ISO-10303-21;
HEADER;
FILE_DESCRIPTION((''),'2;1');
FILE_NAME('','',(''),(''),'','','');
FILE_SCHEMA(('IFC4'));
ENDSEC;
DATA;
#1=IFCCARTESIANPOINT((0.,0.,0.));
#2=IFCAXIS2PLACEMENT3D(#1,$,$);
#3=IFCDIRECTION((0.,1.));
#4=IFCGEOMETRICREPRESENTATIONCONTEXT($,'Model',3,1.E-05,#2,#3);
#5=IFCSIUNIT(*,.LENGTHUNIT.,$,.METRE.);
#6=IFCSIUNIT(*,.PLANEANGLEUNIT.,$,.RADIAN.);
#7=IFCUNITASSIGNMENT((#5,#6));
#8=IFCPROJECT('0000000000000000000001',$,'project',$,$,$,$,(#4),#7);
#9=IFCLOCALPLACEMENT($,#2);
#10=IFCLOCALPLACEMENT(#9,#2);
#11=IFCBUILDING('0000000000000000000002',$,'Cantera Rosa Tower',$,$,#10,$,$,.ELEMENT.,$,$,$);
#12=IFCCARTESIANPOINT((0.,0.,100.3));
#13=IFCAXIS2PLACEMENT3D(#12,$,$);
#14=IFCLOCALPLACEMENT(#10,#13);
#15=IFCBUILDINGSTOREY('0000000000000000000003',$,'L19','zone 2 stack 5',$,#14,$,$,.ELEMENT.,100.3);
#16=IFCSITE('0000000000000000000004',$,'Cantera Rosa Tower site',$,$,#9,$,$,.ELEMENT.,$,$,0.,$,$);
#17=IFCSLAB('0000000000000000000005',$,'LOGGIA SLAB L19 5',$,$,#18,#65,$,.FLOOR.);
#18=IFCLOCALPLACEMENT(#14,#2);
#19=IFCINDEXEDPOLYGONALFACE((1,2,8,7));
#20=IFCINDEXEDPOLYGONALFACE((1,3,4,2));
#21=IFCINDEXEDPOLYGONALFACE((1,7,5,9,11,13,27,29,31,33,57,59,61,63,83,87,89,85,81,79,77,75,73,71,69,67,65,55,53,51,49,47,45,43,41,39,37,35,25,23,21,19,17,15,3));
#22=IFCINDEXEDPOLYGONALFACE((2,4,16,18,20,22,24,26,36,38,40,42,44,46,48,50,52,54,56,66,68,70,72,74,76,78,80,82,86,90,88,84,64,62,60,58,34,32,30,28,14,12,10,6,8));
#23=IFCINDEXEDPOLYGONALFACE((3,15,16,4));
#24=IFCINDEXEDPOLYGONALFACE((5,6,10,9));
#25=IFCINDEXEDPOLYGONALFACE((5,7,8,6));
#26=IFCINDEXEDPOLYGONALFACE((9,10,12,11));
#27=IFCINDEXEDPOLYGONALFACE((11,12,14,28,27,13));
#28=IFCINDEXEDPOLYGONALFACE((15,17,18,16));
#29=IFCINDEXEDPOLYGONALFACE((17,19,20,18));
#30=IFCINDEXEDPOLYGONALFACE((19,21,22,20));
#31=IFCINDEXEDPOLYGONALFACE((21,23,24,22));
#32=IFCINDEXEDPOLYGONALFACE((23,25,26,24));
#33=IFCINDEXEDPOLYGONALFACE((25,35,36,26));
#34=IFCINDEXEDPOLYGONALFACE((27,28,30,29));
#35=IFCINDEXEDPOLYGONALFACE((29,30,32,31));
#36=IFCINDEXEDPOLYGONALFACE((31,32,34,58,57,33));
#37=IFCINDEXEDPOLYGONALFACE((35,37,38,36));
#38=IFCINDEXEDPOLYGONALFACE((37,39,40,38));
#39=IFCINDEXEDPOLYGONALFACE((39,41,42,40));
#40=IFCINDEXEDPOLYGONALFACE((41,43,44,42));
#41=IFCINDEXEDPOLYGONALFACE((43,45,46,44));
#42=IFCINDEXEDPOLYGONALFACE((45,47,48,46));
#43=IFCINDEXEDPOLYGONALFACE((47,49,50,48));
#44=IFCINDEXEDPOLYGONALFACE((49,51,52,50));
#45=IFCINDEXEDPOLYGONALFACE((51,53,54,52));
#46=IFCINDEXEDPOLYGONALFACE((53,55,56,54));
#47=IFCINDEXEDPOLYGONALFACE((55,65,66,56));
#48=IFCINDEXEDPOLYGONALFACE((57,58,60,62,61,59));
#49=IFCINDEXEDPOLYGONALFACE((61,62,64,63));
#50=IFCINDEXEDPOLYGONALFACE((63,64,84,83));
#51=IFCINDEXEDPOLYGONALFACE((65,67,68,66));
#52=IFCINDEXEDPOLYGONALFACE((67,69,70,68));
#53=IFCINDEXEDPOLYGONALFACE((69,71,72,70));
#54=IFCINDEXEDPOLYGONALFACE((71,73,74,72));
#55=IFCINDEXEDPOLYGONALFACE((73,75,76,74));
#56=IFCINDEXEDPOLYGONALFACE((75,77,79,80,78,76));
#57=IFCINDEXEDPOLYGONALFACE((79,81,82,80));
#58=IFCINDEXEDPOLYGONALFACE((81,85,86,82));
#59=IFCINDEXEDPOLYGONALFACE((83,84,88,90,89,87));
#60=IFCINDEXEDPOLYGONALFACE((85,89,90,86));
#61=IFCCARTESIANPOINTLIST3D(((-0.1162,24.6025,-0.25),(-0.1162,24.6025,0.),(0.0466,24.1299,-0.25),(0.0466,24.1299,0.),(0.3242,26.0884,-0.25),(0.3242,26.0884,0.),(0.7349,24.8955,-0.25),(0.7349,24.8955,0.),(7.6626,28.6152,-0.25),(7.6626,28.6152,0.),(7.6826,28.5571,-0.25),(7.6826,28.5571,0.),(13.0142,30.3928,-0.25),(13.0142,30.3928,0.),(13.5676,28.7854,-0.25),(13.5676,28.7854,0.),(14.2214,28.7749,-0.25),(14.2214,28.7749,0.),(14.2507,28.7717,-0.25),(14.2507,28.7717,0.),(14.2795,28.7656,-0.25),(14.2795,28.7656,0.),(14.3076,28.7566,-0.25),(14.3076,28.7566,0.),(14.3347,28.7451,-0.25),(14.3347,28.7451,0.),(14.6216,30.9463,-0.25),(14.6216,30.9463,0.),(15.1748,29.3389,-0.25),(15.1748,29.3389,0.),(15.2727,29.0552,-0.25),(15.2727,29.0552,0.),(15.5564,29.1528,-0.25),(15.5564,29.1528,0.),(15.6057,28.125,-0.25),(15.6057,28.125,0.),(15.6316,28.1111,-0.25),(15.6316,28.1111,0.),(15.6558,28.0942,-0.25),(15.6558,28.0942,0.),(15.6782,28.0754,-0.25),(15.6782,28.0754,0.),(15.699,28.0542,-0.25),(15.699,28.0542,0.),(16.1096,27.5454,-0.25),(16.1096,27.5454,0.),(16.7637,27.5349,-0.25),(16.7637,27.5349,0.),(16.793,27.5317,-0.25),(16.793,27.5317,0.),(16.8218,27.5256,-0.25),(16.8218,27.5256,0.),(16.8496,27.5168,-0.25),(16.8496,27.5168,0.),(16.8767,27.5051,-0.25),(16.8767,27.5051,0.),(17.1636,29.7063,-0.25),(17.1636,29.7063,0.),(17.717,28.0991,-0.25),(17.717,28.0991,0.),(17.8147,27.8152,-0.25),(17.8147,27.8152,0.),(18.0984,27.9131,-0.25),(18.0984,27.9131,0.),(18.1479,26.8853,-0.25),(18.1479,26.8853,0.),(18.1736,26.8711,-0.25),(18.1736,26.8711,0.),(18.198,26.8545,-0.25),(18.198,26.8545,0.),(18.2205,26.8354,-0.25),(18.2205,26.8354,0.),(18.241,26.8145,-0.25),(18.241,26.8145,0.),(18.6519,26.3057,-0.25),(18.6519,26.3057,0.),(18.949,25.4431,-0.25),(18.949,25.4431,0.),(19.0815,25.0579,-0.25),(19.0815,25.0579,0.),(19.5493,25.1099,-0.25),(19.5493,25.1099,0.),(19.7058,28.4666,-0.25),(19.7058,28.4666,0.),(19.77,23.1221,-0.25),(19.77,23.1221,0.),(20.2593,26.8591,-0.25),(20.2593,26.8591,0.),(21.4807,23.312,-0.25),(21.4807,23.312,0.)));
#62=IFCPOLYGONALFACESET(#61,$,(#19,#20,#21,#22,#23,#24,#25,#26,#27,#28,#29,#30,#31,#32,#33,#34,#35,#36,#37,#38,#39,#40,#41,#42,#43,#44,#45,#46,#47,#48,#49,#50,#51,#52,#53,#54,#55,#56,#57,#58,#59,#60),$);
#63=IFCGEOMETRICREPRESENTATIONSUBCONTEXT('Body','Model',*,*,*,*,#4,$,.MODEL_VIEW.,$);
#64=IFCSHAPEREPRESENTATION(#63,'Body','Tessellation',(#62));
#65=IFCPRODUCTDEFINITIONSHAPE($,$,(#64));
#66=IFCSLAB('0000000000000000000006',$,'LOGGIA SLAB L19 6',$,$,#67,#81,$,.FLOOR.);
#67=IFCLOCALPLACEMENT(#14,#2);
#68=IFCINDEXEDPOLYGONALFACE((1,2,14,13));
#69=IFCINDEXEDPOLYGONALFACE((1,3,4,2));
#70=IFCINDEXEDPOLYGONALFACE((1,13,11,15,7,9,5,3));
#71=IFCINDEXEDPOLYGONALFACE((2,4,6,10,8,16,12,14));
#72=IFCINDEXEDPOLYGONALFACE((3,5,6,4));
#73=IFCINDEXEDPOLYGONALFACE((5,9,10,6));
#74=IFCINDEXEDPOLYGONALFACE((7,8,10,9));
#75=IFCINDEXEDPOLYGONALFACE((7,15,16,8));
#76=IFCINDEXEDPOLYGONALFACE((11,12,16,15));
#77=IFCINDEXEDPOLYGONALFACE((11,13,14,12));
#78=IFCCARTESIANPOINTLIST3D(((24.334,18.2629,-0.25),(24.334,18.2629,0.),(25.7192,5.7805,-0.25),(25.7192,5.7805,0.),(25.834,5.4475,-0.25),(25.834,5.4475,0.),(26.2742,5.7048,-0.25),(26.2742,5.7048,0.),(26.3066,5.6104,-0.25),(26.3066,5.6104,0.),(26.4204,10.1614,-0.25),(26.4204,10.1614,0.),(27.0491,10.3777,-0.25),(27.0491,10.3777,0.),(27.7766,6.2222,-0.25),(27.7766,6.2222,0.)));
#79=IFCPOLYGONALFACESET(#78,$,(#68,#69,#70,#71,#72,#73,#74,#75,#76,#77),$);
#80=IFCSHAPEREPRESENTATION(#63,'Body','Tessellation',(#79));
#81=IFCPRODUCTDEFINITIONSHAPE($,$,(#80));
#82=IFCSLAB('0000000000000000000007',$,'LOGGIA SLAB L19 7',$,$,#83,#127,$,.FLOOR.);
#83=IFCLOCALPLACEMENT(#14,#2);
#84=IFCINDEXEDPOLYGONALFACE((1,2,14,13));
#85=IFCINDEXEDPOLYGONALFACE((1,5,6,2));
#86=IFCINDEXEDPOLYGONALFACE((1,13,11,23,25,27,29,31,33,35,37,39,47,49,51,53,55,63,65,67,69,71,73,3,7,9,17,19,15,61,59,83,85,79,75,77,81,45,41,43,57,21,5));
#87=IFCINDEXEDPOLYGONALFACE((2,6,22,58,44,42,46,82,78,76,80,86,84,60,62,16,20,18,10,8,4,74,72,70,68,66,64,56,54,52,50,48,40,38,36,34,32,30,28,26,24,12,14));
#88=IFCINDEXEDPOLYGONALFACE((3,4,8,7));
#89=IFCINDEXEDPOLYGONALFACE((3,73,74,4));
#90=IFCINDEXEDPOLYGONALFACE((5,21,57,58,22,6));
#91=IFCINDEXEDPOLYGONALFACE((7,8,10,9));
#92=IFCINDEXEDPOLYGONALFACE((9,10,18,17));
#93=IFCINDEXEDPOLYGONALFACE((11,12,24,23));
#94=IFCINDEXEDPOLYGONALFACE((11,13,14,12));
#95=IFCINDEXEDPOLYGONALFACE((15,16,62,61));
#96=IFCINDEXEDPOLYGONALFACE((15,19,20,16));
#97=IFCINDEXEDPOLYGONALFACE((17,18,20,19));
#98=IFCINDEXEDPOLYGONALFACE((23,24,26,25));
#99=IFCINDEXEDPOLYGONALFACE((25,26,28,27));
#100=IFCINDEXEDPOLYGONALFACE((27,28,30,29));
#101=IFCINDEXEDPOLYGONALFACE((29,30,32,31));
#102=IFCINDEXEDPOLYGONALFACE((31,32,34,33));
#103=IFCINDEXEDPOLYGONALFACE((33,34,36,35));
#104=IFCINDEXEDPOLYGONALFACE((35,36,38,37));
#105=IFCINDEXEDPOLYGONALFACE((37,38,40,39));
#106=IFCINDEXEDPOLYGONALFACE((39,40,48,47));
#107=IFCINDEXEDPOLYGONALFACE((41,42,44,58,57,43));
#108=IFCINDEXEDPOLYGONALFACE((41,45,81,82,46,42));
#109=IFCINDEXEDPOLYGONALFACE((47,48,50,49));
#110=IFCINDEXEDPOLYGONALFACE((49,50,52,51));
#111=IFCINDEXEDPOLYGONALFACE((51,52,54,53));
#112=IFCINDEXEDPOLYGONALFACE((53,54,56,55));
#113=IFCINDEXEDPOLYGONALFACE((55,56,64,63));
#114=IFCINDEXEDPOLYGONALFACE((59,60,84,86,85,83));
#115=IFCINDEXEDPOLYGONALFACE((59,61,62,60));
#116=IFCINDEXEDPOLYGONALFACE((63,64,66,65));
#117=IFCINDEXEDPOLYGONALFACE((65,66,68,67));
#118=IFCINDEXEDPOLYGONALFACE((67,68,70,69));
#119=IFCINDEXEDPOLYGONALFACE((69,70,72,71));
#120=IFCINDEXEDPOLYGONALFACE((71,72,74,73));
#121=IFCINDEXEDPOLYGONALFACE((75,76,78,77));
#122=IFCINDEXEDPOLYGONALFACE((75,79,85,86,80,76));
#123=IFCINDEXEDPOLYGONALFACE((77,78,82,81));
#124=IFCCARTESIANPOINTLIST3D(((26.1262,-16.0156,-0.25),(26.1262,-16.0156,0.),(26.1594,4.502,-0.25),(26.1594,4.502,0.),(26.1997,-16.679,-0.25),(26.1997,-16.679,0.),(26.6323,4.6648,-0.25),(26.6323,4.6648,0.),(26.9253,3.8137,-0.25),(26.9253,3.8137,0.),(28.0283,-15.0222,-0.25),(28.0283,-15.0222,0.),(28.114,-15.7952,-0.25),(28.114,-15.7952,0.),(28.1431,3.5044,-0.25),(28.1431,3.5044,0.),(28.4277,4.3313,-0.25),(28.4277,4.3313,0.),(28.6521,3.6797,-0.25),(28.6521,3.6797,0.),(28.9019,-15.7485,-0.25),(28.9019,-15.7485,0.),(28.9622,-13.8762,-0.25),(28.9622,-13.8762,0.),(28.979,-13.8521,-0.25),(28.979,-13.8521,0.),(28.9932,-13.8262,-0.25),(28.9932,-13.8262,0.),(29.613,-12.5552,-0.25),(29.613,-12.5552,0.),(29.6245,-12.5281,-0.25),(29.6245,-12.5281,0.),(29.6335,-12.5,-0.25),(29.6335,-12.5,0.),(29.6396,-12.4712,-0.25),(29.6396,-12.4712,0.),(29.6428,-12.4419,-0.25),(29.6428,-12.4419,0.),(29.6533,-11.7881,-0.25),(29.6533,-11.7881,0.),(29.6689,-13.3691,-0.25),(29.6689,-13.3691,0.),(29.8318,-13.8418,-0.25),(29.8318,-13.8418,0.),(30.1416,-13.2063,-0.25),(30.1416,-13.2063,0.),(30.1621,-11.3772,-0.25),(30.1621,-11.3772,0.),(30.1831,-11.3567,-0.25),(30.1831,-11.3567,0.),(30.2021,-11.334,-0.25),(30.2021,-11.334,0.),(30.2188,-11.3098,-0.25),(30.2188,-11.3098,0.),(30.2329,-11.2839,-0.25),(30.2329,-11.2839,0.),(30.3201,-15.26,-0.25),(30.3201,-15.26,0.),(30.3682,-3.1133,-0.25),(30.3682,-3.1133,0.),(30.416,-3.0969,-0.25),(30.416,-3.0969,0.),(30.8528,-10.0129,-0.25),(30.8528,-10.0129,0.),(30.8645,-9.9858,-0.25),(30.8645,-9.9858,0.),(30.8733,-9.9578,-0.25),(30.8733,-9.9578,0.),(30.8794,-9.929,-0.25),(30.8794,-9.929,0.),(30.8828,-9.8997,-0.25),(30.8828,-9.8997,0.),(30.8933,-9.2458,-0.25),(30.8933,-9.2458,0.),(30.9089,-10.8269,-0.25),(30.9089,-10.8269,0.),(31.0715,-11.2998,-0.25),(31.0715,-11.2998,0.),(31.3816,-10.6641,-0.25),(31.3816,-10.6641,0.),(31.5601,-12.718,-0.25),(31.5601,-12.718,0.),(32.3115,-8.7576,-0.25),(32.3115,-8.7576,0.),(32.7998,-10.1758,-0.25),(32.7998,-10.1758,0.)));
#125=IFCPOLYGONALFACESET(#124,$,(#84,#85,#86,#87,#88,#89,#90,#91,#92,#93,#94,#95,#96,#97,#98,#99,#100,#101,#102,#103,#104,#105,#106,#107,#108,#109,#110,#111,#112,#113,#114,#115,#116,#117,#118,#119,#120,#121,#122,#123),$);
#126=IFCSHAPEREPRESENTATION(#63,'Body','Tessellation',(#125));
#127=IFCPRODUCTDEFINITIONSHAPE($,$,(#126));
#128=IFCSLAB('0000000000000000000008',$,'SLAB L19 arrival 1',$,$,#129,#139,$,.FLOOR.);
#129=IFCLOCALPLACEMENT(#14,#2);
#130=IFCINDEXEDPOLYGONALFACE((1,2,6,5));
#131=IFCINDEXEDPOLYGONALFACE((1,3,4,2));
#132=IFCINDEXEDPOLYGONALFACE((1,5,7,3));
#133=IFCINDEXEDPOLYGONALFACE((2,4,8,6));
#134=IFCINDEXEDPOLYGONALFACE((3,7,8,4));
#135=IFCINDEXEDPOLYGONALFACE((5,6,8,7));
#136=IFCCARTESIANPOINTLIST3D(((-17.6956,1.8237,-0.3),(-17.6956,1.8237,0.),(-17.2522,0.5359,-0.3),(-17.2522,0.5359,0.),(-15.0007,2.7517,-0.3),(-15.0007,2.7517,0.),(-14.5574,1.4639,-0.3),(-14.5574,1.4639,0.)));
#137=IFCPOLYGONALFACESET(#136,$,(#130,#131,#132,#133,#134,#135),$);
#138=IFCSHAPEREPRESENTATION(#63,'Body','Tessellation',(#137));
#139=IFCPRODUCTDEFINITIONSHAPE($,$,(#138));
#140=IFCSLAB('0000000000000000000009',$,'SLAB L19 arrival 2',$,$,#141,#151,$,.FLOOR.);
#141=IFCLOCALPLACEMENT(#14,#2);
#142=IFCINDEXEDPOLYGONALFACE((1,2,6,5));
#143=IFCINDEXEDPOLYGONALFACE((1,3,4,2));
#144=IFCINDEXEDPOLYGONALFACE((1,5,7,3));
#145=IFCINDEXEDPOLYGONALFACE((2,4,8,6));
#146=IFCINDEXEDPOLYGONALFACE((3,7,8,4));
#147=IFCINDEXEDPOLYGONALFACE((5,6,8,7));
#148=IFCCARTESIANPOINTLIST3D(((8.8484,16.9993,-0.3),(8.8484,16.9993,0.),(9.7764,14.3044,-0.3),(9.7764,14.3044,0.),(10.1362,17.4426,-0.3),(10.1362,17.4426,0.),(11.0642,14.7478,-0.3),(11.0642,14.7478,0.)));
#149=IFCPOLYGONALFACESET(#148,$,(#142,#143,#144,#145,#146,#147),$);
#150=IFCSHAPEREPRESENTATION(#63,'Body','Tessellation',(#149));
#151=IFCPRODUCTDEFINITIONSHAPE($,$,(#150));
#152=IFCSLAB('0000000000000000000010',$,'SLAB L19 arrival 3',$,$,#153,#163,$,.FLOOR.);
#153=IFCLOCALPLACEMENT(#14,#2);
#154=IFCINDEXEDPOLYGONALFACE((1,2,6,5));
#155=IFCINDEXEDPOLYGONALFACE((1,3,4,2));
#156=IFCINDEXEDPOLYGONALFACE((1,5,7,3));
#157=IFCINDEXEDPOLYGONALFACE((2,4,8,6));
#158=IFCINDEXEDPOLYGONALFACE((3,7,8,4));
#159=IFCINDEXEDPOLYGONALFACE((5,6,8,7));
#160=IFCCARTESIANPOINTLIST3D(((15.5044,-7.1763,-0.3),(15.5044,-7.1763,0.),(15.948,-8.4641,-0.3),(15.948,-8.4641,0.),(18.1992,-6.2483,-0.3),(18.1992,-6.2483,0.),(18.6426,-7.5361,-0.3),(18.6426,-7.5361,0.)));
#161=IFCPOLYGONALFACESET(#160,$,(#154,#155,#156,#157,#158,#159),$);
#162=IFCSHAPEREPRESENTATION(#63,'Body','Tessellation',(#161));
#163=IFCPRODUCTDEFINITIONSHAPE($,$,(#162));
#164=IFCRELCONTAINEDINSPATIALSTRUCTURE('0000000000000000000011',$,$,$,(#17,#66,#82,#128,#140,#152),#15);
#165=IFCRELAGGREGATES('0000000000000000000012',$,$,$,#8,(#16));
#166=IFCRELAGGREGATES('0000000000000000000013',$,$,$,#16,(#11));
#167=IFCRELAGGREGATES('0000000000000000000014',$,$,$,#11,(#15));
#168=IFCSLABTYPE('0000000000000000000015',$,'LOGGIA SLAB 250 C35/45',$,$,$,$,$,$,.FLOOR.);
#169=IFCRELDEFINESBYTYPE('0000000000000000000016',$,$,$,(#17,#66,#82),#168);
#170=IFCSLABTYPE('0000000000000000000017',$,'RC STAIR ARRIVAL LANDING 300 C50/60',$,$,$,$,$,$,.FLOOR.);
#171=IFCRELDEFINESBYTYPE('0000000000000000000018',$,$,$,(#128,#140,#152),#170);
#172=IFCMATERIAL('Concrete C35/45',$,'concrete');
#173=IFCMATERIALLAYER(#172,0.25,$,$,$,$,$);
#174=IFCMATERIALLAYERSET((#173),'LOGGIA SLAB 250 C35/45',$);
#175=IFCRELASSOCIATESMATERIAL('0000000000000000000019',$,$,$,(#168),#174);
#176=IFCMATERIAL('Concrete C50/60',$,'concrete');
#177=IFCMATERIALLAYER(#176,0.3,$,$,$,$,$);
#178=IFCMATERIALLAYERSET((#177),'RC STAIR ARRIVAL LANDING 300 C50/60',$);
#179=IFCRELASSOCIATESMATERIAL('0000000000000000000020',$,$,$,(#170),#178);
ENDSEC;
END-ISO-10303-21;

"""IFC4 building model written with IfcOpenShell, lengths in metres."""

from ifc_helpers import new_model, si_unit, direction, frame, origin, place, context, subcontext, project, spatial, polyline, outline, extrude, material, layer, layer_set, type_object, element, save


model = new_model("IFC4")

# Units and contexts
model_context = context("Model", 3, precision=1e-05, world=origin(), true_north=direction((0.0, 1.0)))
body_context = subcontext(model_context, "Body", "Model", "MODEL_VIEW")
ifc_project = project(units=[si_unit("LENGTHUNIT", "METRE"), si_unit("PLANEANGLEUNIT", "RADIAN")], contexts=[model_context])

# Site, building, storey
site_placement = place(None, origin())
site = spatial("IfcSite", under=ifc_project, at=site_placement, Name="Cantera Rosa Tower site", CompositionType="ELEMENT", RefElevation=0.0)
building_placement = place(site_placement, origin())
building = spatial("IfcBuilding", under=site, at=building_placement, Name="Cantera Rosa Tower", CompositionType="ELEMENT")
storey_placement = place(building_placement, frame((0.0, 0.0, 100.3)))
storey = spatial("IfcBuildingStorey", under=building, at=storey_placement, Name="L19", Description="zone 2 stack 5", CompositionType="ELEMENT", Elevation=100.3)

# Slabs
ifc_material_1 = material(Name="Concrete C35/45", Category="concrete")
ifc_layer_1 = layer(ifc_material_1, 0.25)
ifc_layer_set_1 = layer_set([ifc_layer_1], Name="LOGGIA SLAB 250 C35/45")
slab_type_1 = type_object("IfcSlabType", Name="LOGGIA SLAB 250 C35/45", PredefinedType="FLOOR", material=ifc_layer_set_1)
slab_1_placement = place(storey_placement, frame((0.0, 0.0, -0.25)))
element("IfcSlab", 1, at=slab_1_placement, inside=storey, type_object=slab_type_1, Name="LOGGIA SLAB L19 5", PredefinedType="FLOOR", context=body_context, shape_type="SweptSolid", body=[
    extrude(outline(polyline([(15.1748, 29.3389), (15.2727, 29.0552), (15.5564, 29.1528), (17.1636, 29.7063), (17.717, 28.0991), (17.8147, 27.8152), (18.0984, 27.9131), (19.7058, 28.4666), (20.2593, 26.8591), (21.4807, 23.312), (19.77, 23.1221), (19.5493, 25.1099), (19.0815, 25.0579), (18.949, 25.4431), (18.6519, 26.3057), (18.241, 26.8145), (18.2205, 26.8354), (18.198, 26.8545), (18.1736, 26.8711), (18.1479, 26.8853), (16.8767, 27.5051), (16.8496, 27.5168), (16.8218, 27.5256), (16.793, 27.5317), (16.7637, 27.5349), (16.1096, 27.5454), (15.699, 28.0542), (15.6782, 28.0754), (15.6558, 28.0942), (15.6316, 28.1111), (15.6057, 28.125), (14.3347, 28.7451), (14.3076, 28.7566), (14.2795, 28.7656), (14.2507, 28.7717), (14.2214, 28.7749), (13.5676, 28.7854), (0.0466, 24.1299), (-0.1162, 24.6025), (0.7349, 24.8955), (0.3242, 26.0884), (7.6626, 28.6152), (7.6826, 28.5571), (13.0142, 30.3928), (14.6216, 30.9463), (15.1748, 29.3389)])), origin(), (0.0, 0.0, 1.0), 0.25),
])
slab_2_placement = place(storey_placement, frame((0.0, 0.0, -0.25)))
element("IfcSlab", 2, at=slab_2_placement, inside=storey, type_object=slab_type_1, Name="LOGGIA SLAB L19 6", PredefinedType="FLOOR", context=body_context, shape_type="SweptSolid", body=[
    extrude(outline(polyline([(27.7766, 6.2222), (26.2742, 5.7048), (26.3066, 5.6104), (25.834, 5.4475), (25.7192, 5.7805), (24.334, 18.2629), (27.0491, 10.3777), (26.4204, 10.1614), (27.7766, 6.2222)])), origin(), (0.0, 0.0, 1.0), 0.25),
])
slab_3_placement = place(storey_placement, frame((0.0, 0.0, -0.25)))
element("IfcSlab", 3, at=slab_3_placement, inside=storey, type_object=slab_type_1, Name="LOGGIA SLAB L19 7", PredefinedType="FLOOR", context=body_context, shape_type="SweptSolid", body=[
    extrude(outline(polyline([(31.3816, -10.6641), (30.9089, -10.8269), (31.0715, -11.2998), (31.5601, -12.718), (30.1416, -13.2063), (29.6689, -13.3691), (29.8318, -13.8418), (30.3201, -15.26), (28.9019, -15.7485), (26.1997, -16.679), (26.1262, -16.0156), (28.114, -15.7952), (28.0283, -15.0222), (28.9622, -13.8762), (28.979, -13.8521), (28.9932, -13.8262), (29.613, -12.5552), (29.6245, -12.5281), (29.6335, -12.5), (29.6396, -12.4712), (29.6428, -12.4419), (29.6533, -11.7881), (30.1621, -11.3772), (30.1831, -11.3567), (30.2021, -11.334), (30.2188, -11.3098), (30.2329, -11.2839), (30.8528, -10.0129), (30.8645, -9.9858), (30.8733, -9.9578), (30.8794, -9.929), (30.8828, -9.8997), (30.8933, -9.2458), (26.1594, 4.502), (26.6323, 4.6648), (26.9253, 3.8137), (28.4277, 4.3313), (28.6521, 3.6797), (28.1431, 3.5044), (30.416, -3.0969), (30.3682, -3.1133), (32.3115, -8.7576), (32.7998, -10.1758), (31.3816, -10.6641)])), origin(), (0.0, 0.0, 1.0), 0.25),
])
ifc_material_2 = material(Name="Concrete C50/60", Category="concrete")
ifc_layer_2 = layer(ifc_material_2, 0.3)
ifc_layer_set_2 = layer_set([ifc_layer_2], Name="RC STAIR ARRIVAL LANDING 300 C50/60")
slab_type_2 = type_object("IfcSlabType", Name="RC STAIR ARRIVAL LANDING 300 C50/60", PredefinedType="FLOOR", material=ifc_layer_set_2)
slab_4_placement = place(storey_placement, frame((0.0, 0.0, -0.3)))
element("IfcSlab", 4, at=slab_4_placement, inside=storey, type_object=slab_type_2, Name="SLAB L19 arrival 1", PredefinedType="FLOOR", context=body_context, shape_type="SweptSolid", body=[
    extrude(outline(polyline([(-15.0007, 2.7517), (-14.5574, 1.4639), (-17.2522, 0.5359), (-17.6956, 1.8237), (-15.0007, 2.7517)])), origin(), (0.0, 0.0, 1.0), 0.3),
])
slab_5_placement = place(storey_placement, frame((0.0, 0.0, -0.3)))
element("IfcSlab", 5, at=slab_5_placement, inside=storey, type_object=slab_type_2, Name="SLAB L19 arrival 2", PredefinedType="FLOOR", context=body_context, shape_type="SweptSolid", body=[
    extrude(outline(polyline([(10.1362, 17.4426), (11.0642, 14.7478), (9.7764, 14.3044), (8.8484, 16.9993), (10.1362, 17.4426)])), origin(), (0.0, 0.0, 1.0), 0.3),
])
slab_6_placement = place(storey_placement, frame((0.0, 0.0, -0.3)))
element("IfcSlab", 6, at=slab_6_placement, inside=storey, type_object=slab_type_2, Name="SLAB L19 arrival 3", PredefinedType="FLOOR", context=body_context, shape_type="SweptSolid", body=[
    extrude(outline(polyline([(18.1992, -6.2483), (18.6426, -7.5361), (15.948, -8.4641), (15.5044, -7.1763), (18.1992, -6.2483)])), origin(), (0.0, 0.0, 1.0), 0.3),
])

save(model, "model.ifc")
